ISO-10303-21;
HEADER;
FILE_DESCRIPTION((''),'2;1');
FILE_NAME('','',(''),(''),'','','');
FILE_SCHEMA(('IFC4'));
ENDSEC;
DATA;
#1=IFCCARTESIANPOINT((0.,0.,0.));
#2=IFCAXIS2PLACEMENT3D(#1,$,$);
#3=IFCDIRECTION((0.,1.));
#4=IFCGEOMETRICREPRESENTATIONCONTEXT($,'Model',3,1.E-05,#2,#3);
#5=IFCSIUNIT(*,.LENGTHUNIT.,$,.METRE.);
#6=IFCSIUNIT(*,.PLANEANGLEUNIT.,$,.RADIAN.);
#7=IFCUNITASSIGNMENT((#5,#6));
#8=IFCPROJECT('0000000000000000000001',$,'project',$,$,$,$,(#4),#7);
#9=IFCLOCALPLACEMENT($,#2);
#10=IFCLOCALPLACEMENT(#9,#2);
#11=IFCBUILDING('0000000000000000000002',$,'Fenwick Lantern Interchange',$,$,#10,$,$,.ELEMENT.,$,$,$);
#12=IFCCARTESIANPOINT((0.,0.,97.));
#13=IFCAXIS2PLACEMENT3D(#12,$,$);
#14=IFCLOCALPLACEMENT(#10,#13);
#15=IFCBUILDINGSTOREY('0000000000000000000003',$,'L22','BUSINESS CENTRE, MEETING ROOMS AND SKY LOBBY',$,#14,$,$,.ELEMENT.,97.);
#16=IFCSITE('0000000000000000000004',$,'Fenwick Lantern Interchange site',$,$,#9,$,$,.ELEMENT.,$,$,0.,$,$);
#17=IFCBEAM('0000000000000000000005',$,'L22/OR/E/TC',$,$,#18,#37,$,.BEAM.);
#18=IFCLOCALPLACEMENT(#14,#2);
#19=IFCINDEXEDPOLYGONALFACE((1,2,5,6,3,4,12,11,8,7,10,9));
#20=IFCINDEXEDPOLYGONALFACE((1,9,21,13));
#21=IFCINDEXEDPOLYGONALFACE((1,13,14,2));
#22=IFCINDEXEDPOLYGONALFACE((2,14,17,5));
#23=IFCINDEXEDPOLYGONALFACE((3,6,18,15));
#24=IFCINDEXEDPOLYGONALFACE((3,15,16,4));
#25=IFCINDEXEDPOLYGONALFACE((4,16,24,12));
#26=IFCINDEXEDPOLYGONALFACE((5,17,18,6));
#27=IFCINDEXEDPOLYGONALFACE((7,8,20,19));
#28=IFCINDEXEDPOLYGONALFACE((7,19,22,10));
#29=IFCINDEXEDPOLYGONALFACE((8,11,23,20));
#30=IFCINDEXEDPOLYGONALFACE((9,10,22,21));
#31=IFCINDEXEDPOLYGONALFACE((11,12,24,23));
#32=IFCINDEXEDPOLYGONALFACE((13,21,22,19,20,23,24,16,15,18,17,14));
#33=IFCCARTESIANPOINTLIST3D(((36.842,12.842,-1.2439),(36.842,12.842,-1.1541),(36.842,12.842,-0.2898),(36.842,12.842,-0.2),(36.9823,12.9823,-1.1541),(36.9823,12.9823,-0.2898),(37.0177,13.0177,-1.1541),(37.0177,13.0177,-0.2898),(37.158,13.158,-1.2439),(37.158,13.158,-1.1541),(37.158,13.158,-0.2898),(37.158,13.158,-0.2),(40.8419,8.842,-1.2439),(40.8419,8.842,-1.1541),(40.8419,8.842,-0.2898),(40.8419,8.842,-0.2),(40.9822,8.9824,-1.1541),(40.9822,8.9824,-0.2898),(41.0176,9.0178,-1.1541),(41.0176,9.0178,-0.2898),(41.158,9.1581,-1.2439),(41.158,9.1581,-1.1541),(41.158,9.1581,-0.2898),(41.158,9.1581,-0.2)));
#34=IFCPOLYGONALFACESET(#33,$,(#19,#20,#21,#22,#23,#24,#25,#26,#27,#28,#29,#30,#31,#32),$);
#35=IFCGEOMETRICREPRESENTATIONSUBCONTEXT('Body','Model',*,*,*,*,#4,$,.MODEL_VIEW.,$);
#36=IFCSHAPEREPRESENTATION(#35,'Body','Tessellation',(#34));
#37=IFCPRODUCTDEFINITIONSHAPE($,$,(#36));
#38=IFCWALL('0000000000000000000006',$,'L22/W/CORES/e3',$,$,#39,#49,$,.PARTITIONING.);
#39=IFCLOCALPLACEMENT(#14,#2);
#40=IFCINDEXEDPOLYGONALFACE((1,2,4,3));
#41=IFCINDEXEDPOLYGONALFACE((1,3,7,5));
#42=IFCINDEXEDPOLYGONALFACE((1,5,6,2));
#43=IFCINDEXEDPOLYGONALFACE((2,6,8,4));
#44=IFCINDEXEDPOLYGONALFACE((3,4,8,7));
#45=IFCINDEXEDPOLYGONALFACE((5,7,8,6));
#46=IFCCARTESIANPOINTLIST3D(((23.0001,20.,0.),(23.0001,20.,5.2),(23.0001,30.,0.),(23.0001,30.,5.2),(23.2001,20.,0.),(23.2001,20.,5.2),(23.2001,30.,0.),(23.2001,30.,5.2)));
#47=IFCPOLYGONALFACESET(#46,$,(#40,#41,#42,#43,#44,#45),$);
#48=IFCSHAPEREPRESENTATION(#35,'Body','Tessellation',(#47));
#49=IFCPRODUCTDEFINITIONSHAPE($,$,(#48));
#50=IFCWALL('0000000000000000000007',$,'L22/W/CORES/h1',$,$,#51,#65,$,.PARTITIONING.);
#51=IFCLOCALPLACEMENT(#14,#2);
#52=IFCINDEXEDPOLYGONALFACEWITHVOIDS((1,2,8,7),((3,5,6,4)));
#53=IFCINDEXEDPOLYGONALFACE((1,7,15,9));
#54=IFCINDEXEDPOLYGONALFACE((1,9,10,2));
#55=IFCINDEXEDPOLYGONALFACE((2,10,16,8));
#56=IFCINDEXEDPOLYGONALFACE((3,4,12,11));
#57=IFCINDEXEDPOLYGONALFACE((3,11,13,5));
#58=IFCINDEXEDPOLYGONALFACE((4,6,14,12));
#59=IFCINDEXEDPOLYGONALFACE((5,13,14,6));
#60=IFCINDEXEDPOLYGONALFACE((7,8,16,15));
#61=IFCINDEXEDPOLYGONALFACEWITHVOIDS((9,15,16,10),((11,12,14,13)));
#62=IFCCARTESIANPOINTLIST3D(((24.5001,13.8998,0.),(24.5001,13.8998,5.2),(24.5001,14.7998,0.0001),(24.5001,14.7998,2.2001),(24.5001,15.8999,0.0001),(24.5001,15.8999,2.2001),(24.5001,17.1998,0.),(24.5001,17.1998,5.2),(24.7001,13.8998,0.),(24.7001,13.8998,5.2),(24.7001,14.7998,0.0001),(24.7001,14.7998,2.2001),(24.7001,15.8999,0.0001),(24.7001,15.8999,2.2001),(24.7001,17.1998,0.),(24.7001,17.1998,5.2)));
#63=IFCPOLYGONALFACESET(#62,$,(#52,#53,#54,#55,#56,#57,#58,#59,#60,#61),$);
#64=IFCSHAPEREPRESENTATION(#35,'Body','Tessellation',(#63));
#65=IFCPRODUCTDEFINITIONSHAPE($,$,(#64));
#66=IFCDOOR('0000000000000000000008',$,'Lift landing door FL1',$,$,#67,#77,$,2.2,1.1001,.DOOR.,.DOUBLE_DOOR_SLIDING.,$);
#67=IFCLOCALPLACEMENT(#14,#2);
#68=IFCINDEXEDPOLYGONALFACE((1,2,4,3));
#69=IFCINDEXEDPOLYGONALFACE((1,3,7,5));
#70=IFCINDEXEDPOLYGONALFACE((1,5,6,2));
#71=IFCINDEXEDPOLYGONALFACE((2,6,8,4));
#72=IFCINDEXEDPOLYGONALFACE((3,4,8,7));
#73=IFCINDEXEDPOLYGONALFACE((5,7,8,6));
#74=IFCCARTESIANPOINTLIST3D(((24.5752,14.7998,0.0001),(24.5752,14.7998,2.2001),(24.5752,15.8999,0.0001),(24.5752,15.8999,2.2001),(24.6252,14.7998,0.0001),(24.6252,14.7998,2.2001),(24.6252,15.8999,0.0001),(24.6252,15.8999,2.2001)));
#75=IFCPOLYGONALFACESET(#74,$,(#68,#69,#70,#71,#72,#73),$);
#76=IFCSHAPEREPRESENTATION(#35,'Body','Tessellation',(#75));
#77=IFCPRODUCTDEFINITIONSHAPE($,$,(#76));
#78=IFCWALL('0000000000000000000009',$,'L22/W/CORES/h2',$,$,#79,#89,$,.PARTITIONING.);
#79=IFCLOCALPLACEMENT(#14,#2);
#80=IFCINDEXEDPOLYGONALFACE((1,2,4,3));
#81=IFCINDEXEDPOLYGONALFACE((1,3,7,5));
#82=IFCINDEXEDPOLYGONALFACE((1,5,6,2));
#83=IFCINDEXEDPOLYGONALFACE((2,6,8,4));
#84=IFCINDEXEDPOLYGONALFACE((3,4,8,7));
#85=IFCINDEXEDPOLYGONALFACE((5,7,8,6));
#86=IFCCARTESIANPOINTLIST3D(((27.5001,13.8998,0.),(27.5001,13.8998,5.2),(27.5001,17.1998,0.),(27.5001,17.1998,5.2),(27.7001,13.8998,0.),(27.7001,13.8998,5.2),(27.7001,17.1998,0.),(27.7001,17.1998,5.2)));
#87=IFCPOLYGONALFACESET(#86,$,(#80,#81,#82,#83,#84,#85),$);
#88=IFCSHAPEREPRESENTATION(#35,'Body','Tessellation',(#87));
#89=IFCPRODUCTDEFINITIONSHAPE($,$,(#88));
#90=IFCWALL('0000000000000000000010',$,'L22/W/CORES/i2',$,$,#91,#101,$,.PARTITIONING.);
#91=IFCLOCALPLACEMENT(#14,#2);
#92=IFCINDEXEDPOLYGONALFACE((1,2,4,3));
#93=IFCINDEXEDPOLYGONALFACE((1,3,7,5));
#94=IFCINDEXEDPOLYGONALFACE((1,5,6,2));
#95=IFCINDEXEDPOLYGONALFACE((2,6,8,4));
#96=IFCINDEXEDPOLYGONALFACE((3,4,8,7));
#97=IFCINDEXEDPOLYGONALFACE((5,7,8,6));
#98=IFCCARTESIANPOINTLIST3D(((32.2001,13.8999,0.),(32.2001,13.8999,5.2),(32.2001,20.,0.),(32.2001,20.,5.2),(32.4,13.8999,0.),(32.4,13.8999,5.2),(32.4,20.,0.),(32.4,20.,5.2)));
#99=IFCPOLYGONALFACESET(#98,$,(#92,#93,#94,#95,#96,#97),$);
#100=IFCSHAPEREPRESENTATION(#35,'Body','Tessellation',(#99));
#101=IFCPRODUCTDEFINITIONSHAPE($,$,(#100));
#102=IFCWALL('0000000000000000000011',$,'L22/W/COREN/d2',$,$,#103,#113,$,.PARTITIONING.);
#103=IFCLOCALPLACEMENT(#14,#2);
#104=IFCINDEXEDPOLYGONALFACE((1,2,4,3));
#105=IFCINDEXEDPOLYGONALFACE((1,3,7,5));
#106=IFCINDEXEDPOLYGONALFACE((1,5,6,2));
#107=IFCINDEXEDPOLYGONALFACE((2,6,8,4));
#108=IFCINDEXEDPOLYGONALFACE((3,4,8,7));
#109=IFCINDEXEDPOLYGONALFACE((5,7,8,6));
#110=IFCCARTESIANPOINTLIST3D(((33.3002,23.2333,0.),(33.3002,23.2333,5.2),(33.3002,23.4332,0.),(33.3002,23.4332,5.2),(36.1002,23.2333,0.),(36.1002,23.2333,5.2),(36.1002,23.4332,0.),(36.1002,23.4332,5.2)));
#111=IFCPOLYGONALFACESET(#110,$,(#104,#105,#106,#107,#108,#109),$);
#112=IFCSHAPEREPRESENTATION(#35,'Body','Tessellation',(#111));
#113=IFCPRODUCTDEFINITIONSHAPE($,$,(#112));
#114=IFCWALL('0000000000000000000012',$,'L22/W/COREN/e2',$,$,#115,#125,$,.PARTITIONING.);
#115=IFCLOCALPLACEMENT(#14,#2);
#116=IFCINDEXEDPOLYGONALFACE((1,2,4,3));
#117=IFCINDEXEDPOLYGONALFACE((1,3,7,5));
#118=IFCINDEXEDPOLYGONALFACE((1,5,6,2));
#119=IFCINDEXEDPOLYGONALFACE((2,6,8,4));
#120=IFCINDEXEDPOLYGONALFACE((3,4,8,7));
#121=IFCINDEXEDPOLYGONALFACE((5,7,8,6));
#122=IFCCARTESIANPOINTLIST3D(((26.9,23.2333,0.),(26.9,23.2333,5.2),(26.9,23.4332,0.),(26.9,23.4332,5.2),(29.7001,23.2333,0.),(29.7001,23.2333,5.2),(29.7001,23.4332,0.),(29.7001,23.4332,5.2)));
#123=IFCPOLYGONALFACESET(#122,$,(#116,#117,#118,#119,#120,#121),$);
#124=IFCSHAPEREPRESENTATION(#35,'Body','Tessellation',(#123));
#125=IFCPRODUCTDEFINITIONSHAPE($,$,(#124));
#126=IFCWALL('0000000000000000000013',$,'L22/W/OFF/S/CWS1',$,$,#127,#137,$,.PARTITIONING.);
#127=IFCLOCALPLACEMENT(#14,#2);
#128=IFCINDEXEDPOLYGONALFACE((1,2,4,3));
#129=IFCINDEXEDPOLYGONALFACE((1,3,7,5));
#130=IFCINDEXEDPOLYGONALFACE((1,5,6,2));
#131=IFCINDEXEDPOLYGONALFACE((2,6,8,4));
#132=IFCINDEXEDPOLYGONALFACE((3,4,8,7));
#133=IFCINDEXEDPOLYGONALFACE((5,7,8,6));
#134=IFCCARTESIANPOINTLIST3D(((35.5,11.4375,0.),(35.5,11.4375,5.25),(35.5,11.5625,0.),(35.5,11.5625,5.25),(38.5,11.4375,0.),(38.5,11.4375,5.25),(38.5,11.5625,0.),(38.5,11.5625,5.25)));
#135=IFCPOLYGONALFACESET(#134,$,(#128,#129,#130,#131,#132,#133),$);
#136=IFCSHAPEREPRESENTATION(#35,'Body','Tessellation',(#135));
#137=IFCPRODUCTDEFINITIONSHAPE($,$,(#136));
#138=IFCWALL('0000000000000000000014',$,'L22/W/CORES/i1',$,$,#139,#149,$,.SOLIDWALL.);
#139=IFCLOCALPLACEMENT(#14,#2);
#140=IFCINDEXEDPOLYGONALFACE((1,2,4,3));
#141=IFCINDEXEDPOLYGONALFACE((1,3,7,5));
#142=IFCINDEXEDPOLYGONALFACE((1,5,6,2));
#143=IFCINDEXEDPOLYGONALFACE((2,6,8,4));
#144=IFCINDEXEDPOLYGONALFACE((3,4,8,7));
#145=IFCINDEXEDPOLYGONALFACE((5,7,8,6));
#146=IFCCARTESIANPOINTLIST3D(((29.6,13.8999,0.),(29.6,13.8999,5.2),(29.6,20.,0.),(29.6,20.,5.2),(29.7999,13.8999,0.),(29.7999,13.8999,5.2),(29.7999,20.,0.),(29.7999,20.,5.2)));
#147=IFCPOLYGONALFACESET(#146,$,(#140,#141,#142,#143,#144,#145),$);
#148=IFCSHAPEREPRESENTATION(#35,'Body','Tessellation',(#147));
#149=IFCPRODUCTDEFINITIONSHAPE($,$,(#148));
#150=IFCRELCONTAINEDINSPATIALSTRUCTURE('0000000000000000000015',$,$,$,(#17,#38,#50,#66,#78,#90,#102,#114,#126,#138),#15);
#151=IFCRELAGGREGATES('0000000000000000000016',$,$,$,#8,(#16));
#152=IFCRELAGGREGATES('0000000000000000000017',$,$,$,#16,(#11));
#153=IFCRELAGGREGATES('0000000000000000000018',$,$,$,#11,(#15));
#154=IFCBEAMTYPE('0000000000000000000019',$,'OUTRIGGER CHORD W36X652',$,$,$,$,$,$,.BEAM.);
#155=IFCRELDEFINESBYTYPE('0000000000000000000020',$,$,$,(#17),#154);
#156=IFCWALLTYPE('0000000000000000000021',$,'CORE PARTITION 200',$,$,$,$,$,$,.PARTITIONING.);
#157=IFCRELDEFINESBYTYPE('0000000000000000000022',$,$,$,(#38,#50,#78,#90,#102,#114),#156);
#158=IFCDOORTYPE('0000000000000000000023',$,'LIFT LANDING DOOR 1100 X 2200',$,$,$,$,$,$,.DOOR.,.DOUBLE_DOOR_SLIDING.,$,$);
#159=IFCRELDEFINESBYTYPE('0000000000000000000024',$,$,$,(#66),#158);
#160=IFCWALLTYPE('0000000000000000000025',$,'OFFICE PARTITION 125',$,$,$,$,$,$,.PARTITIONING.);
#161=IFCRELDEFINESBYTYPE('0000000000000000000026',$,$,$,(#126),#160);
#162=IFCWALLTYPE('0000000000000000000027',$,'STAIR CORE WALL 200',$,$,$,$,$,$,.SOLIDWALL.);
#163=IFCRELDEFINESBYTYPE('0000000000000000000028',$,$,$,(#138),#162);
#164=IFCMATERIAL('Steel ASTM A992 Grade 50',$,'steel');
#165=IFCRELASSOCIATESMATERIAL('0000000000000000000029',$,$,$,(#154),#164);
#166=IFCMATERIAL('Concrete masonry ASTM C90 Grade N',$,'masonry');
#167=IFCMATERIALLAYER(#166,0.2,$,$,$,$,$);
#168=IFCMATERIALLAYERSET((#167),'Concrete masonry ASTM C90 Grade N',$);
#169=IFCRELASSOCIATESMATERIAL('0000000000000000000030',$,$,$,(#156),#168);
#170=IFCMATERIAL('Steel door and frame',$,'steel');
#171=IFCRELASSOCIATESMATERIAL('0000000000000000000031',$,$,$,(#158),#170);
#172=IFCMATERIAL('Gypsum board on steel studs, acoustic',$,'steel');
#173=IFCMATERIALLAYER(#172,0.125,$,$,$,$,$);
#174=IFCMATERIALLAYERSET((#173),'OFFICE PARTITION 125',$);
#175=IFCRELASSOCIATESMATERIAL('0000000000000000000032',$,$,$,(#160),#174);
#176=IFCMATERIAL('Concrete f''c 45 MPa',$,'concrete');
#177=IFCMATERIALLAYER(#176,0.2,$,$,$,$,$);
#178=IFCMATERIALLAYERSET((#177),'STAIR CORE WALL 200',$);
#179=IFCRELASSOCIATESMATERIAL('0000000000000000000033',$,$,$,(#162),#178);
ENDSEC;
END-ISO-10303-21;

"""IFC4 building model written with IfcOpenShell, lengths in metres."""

from ifc_helpers import new_model, si_unit, direction, frame, frame_2d, origin, origin_2d, place, context, subcontext, project, spatial, rectangle, i_section, extrude, material, layer, layer_set, material_profile, profile_set, type_object, element, fill, save


model = new_model("IFC4")

# Units and contexts
model_context = context("Model", 3, precision=1e-05, world=origin(), true_north=direction((0.0, 1.0)))
body_context = subcontext(model_context, "Body", "Model", "MODEL_VIEW")
ifc_project = project(units=[si_unit("LENGTHUNIT", "METRE"), si_unit("PLANEANGLEUNIT", "RADIAN")], contexts=[model_context])

# Site, building, storey
site_placement = place(None, origin())
site = spatial("IfcSite", under=ifc_project, at=site_placement, Name="Fenwick Lantern Interchange site", CompositionType="ELEMENT", RefElevation=0.0)
building_placement = place(site_placement, origin())
building = spatial("IfcBuilding", under=site, at=building_placement, Name="Fenwick Lantern Interchange", CompositionType="ELEMENT")
storey_placement = place(building_placement, frame((0.0, 0.0, 97.0)))
storey = spatial("IfcBuildingStorey", under=building, at=storey_placement, Name="L22", Description="BUSINESS CENTRE, MEETING ROOMS AND SKY LOBBY", CompositionType="ELEMENT", Elevation=97.0)

# Beam
ifc_material_1 = material(Name="Steel ASTM A992 Grade 50", Category="steel")
ifc_material_profile = material_profile(ifc_material_1, i_section(OverallWidth=0.447, OverallDepth=1.0439, WebThickness=0.05, FlangeThickness=0.0898, at=origin_2d()), Name="W36X652")
ifc_profile_set = profile_set([ifc_material_profile], Name="Steel ASTM A992 Grade 50")
beam_type = type_object("IfcBeamType", Name="OUTRIGGER CHORD W36X652", PredefinedType="BEAM", material=ifc_profile_set)
beam_placement = place(storey_placement, frame((37.0, 13.0, -0.7219), z_axis=(0.707107, -0.707107, 0.0), x_axis=(0.707107, 0.707107, 0.0)))
element("IfcBeam", 1, at=beam_placement, inside=storey, type_object=beam_type, Name="L22/OR/E/TC", PredefinedType="BEAM", context=body_context, shape_type="SweptSolid", body=[
    extrude(i_section(OverallWidth=0.447, OverallDepth=1.0439, WebThickness=0.05, FlangeThickness=0.0898, at=origin_2d()), origin(), (0.0, 0.0, 1.0), 5.6567),
])

# Wall
ifc_material_2 = material(Name="Concrete masonry ASTM C90 Grade N", Category="masonry")
ifc_layer_1 = layer(ifc_material_2, 0.2)
ifc_layer_set_1 = layer_set([ifc_layer_1], Name="Concrete masonry ASTM C90 Grade N")
wall_type_1 = type_object("IfcWallType", Name="CORE PARTITION 200", PredefinedType="PARTITIONING", material=ifc_layer_set_1)
wall_1_placement = place(storey_placement, frame((23.1001, 20.0, 0.0), z_axis=(0.0, 0.0, 1.0), x_axis=(0.0, 1.0, 0.0)))
element("IfcWall", 2, at=wall_1_placement, inside=storey, type_object=wall_type_1, Name="L22/W/CORES/e3", PredefinedType="PARTITIONING", context=body_context, shape_type="SweptSolid", body=[
    extrude(rectangle(XDim=10.0, YDim=0.2, at=frame_2d((5.0, 0.0))), origin(), (0.0, 0.0, 1.0), 5.2),
])

# Wall, opening, door
wall_2_placement = place(storey_placement, frame((24.6001, 13.8999, 0.0), z_axis=(0.0, 0.0, 1.0), x_axis=(0.0, 1.0, 0.0)))
wall_2 = element("IfcWall", 3, at=wall_2_placement, inside=storey, type_object=wall_type_1, Name="L22/W/CORES/h1", PredefinedType="PARTITIONING", context=body_context, shape_type="SweptSolid", body=[
    extrude(rectangle(XDim=3.3, YDim=0.2, at=frame_2d((1.6499, 0.0))), origin(), (0.0, 0.0, 1.0), 5.2),
])
opening_1_placement = place(wall_2_placement, frame((0.8999, 0.0, 0.0)))
opening_1 = element("IfcOpeningElement", 4, at=opening_1_placement, cuts=wall_2, PredefinedType="OPENING", context=body_context, shape_type="SweptSolid", body=[
    extrude(rectangle(XDim=1.1001, YDim=2.2, at=frame_2d((0.55, 1.1001))), frame((0.0, 0.1099, 0.0), z_axis=(0.0, -1.0, 0.0), x_axis=(1.0, 0.0, 0.0)), (0.0, 0.0, 1.0), 0.22),
])
ifc_material_3 = material(Name="Steel door and frame", Category="steel")
door_type_1 = type_object("IfcDoorType", Name="LIFT LANDING DOOR 1100 X 2200", OperationType="DOUBLE_DOOR_SLIDING", PredefinedType="DOOR", material=ifc_material_3)
door_1_placement = place(opening_1_placement, origin())
door_1 = element("IfcDoor", 5, at=door_1_placement, inside=storey, type_object=door_type_1, Name="Lift landing door FL1", OperationType="DOUBLE_DOOR_SLIDING", OverallHeight=2.2, OverallWidth=1.1001, PredefinedType="DOOR", context=body_context, shape_type="SweptSolid", body=[
    extrude(rectangle(XDim=1.1001, YDim=2.2, at=frame_2d((0.55, 1.1001))), frame((0.0, 0.0249, 0.0), z_axis=(0.0, -1.0, 0.0), x_axis=(1.0, 0.0, 0.0)), (0.0, 0.0, 1.0), 0.05),
])
fill(opening_1, door_1)

# Walls
wall_3_placement = place(storey_placement, frame((27.6001, 13.8999, 0.0), z_axis=(0.0, 0.0, 1.0), x_axis=(0.0, 1.0, 0.0)))
element("IfcWall", 6, at=wall_3_placement, inside=storey, type_object=wall_type_1, Name="L22/W/CORES/h2", PredefinedType="PARTITIONING", context=body_context, shape_type="SweptSolid", body=[
    extrude(rectangle(XDim=3.3, YDim=0.2, at=frame_2d((1.6499, 0.0))), origin(), (0.0, 0.0, 1.0), 5.2),
])
wall_4_placement = place(storey_placement, frame((32.3, 13.8999, 0.0), z_axis=(0.0, 0.0, 1.0), x_axis=(0.0, 1.0, 0.0)))
element("IfcWall", 7, at=wall_4_placement, inside=storey, type_object=wall_type_1, Name="L22/W/CORES/i2", PredefinedType="PARTITIONING", context=body_context, shape_type="SweptSolid", body=[
    extrude(rectangle(XDim=6.1001, YDim=0.2, at=frame_2d((3.05, 0.0))), origin(), (0.0, 0.0, 1.0), 5.2),
])
for number, where, z_axis, x_axis, name in (
    (8, (36.1001, 23.3333, 0.0), (0.0, 0.0, 1.0), (-1.0, 0.0, 0.0), "L22/W/COREN/d2"),
    (9, (29.7, 23.3333, 0.0), (0.0, 0.0, 1.0), (-1.0, 0.0, 0.0), "L22/W/COREN/e2"),
):
    element("IfcWall", number, at=place(storey_placement, frame(where, z_axis=z_axis, x_axis=x_axis)), inside=storey, type_object=wall_type_1, Name=name, PredefinedType="PARTITIONING", context=body_context, shape_type="SweptSolid", body=[
        extrude(rectangle(XDim=2.8, YDim=0.2, at=frame_2d((1.3999, 0.0))), origin(), (0.0, 0.0, 1.0), 5.2),
    ])

# Walls
ifc_material_4 = material(Name="Gypsum board on steel studs, acoustic", Category="steel")
ifc_layer_2 = layer(ifc_material_4, 0.125)
ifc_layer_set_2 = layer_set([ifc_layer_2], Name="OFFICE PARTITION 125")
wall_type_2 = type_object("IfcWallType", Name="OFFICE PARTITION 125", PredefinedType="PARTITIONING", material=ifc_layer_set_2)
wall_5_placement = place(storey_placement, frame((35.5, 11.5, 0.0), z_axis=(0.0, 0.0, 1.0), x_axis=(1.0, 0.0, 0.0)))
element("IfcWall", 10, at=wall_5_placement, inside=storey, type_object=wall_type_2, Name="L22/W/OFF/S/CWS1", PredefinedType="PARTITIONING", context=body_context, shape_type="SweptSolid", body=[
    extrude(rectangle(XDim=3.0, YDim=0.125, at=frame_2d((1.5, 0.0))), origin(), (0.0, 0.0, 1.0), 5.25),
])
ifc_material_5 = material(Name="Concrete f'c 45 MPa", Category="concrete")
ifc_layer_3 = layer(ifc_material_5, 0.2)
ifc_layer_set_3 = layer_set([ifc_layer_3], Name="STAIR CORE WALL 200")
wall_type_3 = type_object("IfcWallType", Name="STAIR CORE WALL 200", PredefinedType="SOLIDWALL", material=ifc_layer_set_3)
wall_6_placement = place(storey_placement, frame((29.7, 13.8999, 0.0), z_axis=(0.0, 0.0, 1.0), x_axis=(0.0, 1.0, 0.0)))
element("IfcWall", 11, at=wall_6_placement, inside=storey, type_object=wall_type_3, Name="L22/W/CORES/i1", PredefinedType="SOLIDWALL", context=body_context, shape_type="SweptSolid", body=[
    extrude(rectangle(XDim=6.1001, YDim=0.2, at=frame_2d((3.05, 0.0))), origin(), (0.0, 0.0, 1.0), 5.2),
])

save(model, "model.ifc")
